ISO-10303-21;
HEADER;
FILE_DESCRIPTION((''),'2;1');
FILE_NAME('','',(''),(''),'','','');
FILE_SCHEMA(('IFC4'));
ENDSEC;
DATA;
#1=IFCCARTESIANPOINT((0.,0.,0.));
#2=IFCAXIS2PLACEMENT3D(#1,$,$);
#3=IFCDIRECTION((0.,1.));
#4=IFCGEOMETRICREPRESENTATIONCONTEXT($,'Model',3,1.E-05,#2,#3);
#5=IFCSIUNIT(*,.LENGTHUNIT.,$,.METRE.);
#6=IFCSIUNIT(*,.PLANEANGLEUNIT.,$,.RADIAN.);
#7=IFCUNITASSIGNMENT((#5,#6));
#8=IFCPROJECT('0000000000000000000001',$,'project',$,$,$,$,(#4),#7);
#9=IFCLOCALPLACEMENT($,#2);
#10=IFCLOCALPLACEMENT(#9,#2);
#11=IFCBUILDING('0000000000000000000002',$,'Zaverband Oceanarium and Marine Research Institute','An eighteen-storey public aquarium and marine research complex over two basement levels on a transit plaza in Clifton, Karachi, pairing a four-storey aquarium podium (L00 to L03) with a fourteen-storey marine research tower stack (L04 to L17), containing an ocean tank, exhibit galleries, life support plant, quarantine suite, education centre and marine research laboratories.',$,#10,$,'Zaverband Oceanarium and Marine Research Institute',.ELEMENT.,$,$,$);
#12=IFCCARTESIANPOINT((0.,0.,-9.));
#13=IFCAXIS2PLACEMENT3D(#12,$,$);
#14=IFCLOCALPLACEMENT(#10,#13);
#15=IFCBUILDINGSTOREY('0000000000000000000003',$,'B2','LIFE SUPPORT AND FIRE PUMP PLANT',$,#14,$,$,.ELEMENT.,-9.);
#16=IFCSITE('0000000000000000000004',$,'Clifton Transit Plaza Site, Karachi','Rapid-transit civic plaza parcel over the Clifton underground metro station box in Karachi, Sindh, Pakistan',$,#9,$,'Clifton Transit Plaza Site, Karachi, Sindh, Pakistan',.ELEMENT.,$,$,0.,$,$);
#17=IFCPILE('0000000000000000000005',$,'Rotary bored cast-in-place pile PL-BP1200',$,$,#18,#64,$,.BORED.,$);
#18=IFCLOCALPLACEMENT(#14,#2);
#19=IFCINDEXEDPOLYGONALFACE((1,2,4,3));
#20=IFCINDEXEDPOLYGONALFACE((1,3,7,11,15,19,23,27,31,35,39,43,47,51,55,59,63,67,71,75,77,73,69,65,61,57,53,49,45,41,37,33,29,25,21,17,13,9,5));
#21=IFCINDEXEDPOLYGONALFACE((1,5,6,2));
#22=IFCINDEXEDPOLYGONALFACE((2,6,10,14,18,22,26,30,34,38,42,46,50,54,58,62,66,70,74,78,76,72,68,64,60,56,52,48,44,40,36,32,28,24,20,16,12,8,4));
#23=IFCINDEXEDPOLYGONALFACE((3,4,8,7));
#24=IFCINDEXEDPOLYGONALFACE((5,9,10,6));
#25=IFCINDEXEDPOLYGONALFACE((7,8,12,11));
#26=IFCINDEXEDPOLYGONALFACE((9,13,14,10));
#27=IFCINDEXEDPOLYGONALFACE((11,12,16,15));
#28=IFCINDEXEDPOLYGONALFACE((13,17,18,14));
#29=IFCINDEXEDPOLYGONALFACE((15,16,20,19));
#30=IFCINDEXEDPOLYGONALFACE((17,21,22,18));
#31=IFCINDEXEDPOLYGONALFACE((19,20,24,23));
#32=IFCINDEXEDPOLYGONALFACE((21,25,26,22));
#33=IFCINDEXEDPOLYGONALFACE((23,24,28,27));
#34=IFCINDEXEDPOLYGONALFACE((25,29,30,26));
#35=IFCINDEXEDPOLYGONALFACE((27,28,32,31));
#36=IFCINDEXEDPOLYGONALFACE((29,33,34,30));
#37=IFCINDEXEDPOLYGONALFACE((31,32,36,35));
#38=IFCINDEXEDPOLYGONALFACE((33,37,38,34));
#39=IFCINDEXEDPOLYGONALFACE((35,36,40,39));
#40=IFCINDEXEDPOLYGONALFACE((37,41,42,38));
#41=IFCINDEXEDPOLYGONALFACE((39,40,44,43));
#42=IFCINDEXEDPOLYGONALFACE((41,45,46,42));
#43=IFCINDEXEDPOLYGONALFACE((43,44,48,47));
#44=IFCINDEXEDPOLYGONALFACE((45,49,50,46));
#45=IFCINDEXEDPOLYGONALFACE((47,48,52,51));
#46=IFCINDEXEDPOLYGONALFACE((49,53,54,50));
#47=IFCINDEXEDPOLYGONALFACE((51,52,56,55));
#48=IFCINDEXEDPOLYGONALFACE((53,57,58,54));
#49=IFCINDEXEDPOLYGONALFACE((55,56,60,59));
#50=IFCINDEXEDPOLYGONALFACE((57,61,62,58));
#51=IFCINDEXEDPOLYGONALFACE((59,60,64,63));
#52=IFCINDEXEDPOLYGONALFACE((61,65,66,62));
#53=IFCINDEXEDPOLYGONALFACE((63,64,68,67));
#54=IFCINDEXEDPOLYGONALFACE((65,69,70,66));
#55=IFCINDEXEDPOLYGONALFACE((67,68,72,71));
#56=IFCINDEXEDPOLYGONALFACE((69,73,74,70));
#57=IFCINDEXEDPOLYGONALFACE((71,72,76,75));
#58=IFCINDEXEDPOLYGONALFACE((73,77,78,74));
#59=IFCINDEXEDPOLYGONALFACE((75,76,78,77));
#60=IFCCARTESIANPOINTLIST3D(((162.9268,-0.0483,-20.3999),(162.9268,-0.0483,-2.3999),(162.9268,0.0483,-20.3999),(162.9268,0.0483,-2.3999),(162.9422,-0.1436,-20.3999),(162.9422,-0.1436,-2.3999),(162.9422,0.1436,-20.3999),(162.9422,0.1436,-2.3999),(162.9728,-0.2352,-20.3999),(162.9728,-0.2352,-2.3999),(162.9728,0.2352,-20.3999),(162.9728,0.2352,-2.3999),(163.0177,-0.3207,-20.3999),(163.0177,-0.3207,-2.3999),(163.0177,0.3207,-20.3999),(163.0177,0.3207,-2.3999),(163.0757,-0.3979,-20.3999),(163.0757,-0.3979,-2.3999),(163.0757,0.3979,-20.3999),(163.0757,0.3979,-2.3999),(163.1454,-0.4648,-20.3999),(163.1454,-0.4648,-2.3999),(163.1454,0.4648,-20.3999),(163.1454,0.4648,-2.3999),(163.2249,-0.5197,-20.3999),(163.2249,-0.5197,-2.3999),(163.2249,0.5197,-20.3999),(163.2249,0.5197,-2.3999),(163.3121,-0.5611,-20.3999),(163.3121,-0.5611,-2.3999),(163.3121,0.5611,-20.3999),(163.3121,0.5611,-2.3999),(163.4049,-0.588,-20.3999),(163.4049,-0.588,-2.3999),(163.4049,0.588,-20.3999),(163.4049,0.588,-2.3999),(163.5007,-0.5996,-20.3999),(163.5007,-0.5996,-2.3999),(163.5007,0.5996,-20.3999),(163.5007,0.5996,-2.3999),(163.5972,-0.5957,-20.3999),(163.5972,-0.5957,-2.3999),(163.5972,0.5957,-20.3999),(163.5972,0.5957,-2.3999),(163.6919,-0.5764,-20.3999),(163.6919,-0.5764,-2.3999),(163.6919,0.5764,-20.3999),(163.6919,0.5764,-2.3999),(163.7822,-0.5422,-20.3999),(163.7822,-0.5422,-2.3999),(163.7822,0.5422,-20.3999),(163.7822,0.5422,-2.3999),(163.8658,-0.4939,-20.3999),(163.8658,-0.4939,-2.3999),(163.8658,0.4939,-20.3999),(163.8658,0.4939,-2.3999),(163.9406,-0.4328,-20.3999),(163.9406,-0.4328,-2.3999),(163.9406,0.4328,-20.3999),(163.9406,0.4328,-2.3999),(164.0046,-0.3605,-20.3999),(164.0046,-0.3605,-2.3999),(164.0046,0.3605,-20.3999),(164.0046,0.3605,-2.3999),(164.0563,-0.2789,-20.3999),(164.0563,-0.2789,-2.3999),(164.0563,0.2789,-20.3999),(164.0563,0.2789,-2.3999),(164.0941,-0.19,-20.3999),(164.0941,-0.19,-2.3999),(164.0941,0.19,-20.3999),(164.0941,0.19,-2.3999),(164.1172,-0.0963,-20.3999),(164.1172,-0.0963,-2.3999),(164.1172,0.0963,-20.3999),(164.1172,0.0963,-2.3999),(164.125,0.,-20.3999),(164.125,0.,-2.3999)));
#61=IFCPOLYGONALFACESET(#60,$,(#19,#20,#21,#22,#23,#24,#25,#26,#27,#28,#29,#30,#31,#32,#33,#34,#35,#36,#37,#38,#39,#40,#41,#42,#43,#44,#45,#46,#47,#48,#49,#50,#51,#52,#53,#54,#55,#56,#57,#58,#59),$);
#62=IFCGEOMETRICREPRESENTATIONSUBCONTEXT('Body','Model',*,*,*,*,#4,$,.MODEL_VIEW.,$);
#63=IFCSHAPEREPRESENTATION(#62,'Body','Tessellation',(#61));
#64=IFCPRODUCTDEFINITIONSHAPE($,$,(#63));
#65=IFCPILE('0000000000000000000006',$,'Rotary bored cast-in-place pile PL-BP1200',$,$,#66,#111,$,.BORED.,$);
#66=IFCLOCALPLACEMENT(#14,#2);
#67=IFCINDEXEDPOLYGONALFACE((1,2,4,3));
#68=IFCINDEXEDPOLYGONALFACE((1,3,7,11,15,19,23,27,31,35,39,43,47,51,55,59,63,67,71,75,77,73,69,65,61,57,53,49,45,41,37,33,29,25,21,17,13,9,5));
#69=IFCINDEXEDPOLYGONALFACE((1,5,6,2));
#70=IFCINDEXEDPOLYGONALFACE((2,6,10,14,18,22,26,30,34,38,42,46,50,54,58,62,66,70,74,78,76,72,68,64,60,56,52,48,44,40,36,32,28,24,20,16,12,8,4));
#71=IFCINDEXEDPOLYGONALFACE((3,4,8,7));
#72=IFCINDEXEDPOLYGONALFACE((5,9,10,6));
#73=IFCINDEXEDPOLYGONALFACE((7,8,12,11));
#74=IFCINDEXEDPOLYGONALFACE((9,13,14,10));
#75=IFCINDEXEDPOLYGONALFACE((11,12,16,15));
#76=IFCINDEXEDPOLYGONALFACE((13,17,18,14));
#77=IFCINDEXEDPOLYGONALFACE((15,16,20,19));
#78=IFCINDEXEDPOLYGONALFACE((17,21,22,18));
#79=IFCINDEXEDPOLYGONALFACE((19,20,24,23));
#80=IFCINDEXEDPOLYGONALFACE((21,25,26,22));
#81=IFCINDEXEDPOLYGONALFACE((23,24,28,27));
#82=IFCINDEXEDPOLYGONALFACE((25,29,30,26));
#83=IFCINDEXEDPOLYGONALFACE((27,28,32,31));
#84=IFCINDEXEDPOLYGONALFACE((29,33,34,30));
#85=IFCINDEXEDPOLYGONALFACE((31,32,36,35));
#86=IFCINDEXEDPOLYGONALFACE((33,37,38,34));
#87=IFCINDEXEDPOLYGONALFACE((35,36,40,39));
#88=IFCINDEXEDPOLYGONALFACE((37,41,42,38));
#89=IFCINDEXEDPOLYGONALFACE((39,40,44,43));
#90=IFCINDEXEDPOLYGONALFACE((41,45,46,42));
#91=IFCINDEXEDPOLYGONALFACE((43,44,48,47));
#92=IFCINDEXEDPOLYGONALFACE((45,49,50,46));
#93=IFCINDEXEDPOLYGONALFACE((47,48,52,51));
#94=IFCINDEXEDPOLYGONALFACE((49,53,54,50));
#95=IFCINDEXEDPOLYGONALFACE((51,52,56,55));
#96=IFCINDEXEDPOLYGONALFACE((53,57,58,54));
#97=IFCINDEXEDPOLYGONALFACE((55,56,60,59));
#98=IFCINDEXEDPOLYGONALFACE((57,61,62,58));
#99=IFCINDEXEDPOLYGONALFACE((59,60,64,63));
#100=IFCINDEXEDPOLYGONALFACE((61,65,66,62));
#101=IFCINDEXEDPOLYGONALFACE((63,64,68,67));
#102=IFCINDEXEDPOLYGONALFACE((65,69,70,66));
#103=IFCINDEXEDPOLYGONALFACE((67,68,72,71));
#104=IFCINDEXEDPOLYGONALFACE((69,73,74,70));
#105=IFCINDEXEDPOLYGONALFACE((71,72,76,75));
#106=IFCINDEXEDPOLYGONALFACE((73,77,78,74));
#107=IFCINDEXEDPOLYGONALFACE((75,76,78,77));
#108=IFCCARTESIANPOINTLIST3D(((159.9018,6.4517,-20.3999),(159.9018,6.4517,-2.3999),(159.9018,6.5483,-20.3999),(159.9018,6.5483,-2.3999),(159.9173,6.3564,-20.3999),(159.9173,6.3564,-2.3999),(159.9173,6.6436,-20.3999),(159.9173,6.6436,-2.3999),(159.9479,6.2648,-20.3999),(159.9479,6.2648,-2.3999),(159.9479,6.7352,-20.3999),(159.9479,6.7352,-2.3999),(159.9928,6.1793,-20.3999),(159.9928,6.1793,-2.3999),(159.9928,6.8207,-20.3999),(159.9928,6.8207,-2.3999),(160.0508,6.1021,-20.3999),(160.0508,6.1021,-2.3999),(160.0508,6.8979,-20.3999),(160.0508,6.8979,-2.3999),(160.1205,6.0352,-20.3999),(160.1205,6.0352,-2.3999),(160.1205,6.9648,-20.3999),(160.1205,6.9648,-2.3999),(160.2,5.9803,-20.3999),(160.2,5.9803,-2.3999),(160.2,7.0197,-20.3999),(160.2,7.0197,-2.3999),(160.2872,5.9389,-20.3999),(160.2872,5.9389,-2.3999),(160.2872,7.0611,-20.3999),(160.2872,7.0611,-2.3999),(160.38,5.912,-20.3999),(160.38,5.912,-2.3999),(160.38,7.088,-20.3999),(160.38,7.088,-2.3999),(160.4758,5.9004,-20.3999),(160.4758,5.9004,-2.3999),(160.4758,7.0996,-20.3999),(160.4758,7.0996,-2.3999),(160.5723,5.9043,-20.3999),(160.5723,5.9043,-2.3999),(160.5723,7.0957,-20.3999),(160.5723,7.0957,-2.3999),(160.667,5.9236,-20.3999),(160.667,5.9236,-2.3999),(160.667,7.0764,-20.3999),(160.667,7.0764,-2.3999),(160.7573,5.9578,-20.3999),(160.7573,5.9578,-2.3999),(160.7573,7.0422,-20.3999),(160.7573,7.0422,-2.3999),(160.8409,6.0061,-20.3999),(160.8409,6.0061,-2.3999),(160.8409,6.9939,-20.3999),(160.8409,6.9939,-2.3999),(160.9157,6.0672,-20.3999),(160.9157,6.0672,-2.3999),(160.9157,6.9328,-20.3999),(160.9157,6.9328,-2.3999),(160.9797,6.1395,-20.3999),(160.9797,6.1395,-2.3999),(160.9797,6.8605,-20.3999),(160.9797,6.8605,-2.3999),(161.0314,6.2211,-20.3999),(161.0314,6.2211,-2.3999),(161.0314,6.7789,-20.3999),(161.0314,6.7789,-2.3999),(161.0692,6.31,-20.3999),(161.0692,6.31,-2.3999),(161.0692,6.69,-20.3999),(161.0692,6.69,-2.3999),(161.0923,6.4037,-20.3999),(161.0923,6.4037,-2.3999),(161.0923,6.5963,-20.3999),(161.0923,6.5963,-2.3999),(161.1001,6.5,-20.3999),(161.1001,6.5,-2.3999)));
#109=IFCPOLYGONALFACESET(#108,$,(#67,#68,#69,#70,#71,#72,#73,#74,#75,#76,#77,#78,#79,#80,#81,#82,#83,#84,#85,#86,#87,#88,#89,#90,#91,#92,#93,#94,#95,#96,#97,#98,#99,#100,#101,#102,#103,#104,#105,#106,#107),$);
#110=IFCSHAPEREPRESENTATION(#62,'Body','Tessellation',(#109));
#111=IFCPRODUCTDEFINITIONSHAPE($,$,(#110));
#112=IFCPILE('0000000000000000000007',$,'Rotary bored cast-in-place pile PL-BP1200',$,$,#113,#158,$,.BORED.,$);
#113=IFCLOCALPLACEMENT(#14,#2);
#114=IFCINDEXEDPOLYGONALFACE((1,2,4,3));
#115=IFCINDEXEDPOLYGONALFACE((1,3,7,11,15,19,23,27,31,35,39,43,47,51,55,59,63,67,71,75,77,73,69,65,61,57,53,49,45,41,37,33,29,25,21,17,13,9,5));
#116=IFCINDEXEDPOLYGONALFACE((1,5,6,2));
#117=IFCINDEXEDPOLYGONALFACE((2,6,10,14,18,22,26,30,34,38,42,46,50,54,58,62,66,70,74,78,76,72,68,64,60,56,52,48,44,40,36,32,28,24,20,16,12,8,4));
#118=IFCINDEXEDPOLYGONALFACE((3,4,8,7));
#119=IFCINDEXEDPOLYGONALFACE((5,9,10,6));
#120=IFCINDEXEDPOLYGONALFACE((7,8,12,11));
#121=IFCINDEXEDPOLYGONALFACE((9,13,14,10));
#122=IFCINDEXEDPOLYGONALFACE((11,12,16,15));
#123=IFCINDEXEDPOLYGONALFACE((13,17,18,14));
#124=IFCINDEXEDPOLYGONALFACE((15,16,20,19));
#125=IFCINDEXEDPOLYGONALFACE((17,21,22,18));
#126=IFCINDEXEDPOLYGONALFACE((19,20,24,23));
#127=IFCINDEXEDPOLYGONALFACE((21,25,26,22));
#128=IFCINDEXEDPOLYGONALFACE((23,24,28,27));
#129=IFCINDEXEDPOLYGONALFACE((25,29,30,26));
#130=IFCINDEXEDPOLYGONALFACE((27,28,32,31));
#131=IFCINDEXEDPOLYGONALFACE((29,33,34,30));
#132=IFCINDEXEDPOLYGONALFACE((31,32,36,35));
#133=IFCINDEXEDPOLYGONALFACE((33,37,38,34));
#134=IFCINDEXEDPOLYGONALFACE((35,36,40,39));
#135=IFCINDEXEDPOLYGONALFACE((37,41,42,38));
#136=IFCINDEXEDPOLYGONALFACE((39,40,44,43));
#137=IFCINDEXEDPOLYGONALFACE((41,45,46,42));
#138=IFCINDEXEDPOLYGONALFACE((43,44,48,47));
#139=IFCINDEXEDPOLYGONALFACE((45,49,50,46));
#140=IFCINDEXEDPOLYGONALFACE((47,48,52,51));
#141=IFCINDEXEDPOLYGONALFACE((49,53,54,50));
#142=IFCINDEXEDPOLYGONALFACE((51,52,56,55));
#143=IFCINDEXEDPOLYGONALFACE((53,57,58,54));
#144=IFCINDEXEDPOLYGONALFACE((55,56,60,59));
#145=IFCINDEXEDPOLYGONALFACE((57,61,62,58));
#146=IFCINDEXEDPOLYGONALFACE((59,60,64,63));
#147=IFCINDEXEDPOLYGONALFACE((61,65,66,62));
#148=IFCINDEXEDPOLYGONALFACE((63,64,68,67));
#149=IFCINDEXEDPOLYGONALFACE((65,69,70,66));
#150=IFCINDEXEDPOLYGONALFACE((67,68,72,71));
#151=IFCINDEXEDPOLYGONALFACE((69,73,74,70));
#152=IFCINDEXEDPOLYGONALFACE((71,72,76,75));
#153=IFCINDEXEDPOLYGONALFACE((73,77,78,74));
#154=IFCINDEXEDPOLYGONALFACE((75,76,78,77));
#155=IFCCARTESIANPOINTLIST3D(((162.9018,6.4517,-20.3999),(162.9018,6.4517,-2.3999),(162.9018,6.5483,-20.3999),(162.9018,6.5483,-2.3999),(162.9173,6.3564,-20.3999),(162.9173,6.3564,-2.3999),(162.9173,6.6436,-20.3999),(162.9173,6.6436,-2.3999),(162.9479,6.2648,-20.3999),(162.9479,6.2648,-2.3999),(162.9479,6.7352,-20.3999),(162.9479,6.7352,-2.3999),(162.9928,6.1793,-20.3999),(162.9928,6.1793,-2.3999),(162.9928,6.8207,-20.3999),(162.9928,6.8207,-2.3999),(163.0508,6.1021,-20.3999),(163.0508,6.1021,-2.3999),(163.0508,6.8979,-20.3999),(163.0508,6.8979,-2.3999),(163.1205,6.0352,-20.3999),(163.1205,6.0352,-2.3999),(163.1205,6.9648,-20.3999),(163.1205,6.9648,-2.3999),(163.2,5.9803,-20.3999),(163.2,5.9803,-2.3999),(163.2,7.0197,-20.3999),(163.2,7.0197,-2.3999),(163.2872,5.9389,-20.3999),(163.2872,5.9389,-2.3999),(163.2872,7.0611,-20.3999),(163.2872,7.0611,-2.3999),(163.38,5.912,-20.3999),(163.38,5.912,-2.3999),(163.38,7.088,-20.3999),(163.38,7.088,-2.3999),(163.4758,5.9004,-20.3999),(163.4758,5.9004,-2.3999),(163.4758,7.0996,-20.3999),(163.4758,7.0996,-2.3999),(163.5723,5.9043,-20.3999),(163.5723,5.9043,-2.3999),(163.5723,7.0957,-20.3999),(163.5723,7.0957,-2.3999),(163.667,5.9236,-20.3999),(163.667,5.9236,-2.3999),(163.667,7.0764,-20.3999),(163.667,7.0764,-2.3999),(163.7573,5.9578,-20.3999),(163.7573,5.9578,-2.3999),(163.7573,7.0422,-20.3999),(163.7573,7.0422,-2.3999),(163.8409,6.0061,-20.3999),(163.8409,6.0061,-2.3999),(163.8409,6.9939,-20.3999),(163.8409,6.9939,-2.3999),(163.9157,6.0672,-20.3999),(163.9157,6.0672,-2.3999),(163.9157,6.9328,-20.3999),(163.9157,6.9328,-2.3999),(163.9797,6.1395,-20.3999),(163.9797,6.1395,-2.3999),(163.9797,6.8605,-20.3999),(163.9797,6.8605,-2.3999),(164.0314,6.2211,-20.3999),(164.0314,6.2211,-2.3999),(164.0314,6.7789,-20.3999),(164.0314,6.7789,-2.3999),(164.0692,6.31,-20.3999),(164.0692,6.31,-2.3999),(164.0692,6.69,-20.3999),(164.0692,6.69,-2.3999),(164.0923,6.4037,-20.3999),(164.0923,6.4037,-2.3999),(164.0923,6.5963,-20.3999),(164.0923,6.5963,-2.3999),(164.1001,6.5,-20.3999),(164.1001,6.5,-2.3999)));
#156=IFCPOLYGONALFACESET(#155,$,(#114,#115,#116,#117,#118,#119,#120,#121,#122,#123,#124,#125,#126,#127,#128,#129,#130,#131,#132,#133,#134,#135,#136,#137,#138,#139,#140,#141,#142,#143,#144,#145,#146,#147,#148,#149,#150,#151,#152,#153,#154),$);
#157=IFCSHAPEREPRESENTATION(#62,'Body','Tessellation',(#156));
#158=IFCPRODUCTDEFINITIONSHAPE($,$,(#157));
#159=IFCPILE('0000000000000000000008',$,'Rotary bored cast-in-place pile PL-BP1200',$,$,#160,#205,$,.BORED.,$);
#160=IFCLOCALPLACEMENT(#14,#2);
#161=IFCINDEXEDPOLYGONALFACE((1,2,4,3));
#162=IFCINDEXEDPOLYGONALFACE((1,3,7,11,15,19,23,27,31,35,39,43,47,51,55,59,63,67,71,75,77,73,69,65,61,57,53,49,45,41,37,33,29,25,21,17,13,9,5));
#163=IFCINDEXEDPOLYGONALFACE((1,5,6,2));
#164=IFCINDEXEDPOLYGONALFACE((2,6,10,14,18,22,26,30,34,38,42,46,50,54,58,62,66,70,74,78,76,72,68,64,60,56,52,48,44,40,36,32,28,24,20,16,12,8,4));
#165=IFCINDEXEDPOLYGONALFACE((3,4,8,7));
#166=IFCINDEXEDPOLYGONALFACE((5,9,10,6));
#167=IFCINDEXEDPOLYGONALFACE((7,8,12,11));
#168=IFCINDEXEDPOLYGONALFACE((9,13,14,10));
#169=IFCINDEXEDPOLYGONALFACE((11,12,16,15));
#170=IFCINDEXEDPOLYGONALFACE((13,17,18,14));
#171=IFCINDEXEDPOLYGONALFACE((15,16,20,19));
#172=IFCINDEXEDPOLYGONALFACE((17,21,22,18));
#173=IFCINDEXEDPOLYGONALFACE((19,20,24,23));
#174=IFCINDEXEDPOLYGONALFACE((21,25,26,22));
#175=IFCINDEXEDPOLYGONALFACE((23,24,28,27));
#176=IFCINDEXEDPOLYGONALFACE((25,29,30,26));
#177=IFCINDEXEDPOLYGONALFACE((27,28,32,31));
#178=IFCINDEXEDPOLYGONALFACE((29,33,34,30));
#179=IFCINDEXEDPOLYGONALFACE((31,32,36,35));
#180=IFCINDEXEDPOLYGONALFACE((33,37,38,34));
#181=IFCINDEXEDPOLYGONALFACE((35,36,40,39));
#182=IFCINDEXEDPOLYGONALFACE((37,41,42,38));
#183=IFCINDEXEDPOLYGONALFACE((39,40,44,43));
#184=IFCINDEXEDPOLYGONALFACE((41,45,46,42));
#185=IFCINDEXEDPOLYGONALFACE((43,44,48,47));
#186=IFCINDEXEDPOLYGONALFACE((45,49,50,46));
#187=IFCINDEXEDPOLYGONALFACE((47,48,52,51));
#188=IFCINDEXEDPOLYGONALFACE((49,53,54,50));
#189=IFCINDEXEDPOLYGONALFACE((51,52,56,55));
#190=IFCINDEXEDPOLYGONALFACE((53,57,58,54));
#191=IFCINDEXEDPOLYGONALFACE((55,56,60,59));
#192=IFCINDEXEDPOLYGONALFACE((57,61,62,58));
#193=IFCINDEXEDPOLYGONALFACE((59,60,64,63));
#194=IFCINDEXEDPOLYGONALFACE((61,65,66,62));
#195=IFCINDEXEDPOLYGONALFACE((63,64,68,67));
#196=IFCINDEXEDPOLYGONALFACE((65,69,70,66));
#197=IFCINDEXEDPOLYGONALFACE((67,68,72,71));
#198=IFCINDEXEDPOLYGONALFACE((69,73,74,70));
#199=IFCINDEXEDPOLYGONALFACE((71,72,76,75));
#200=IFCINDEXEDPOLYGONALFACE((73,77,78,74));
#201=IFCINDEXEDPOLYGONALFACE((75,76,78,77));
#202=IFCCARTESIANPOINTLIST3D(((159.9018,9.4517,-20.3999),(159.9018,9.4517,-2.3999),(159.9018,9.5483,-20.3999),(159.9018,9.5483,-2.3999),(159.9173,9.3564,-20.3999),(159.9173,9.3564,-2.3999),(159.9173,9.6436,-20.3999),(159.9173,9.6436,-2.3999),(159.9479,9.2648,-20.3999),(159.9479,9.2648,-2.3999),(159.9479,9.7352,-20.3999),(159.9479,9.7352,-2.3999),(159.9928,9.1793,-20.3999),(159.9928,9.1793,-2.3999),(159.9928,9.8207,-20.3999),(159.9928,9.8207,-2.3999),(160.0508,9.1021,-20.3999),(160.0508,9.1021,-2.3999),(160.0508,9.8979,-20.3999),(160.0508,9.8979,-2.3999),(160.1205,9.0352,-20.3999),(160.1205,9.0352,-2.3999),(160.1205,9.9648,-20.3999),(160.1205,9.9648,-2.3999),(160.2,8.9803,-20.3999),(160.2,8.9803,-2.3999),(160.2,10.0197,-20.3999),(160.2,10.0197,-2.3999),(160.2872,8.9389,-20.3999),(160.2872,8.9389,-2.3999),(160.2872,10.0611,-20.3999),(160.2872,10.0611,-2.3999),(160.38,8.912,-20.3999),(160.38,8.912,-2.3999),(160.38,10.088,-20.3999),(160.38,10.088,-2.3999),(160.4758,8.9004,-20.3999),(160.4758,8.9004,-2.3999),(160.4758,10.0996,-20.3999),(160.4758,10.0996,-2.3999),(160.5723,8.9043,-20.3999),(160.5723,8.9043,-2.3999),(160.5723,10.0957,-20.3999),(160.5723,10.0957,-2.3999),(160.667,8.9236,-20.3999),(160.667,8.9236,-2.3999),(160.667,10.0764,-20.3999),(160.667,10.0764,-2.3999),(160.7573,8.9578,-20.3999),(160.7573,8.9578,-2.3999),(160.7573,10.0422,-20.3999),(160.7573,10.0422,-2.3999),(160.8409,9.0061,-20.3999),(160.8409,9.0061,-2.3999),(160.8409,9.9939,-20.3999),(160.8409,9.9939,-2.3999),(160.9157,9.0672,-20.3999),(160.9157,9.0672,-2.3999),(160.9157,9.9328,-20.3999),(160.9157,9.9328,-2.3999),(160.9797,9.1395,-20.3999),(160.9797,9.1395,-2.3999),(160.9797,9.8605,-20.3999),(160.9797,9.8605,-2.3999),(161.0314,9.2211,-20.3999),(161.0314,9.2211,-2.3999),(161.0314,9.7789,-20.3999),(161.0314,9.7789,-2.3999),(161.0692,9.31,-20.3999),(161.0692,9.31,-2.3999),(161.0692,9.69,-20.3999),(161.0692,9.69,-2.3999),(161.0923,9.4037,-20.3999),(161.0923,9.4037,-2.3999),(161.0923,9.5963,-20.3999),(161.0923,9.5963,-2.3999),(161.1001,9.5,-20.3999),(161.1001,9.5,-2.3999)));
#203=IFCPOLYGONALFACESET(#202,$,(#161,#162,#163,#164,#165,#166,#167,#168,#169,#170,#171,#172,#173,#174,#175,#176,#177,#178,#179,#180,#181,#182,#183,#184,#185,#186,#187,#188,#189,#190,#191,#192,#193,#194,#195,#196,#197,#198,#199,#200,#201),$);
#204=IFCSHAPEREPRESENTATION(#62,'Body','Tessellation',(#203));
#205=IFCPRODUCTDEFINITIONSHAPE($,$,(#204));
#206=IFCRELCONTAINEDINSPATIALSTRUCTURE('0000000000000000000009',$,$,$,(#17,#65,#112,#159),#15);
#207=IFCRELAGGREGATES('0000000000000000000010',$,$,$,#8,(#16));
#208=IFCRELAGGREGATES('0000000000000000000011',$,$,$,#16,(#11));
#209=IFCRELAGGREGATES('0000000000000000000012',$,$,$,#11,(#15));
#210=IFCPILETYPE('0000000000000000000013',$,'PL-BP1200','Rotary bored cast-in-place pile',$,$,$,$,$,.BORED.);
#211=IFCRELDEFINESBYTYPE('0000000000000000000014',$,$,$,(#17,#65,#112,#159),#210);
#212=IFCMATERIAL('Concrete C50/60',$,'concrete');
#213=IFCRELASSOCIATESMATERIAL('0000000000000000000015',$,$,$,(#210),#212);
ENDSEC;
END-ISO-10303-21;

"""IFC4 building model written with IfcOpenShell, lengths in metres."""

from ifc_helpers import new_model, si_unit, direction, frame, origin, origin_2d, place, context, subcontext, project, spatial, circle, extrude, material, material_profile, profile_set, type_object, element, save


model = new_model("IFC4")

# Units and contexts
model_context = context("Model", 3, precision=1e-05, world=origin(), true_north=direction((0.0, 1.0)))
body_context = subcontext(model_context, "Body", "Model", "MODEL_VIEW")
ifc_project = project(units=[si_unit("LENGTHUNIT", "METRE"), si_unit("PLANEANGLEUNIT", "RADIAN")], contexts=[model_context])

# Site, building, storey
site_placement = place(None, origin())
site = spatial("IfcSite", under=ifc_project, at=site_placement, Name="Clifton Transit Plaza Site, Karachi", Description="Rapid-transit civic plaza parcel over the Clifton underground metro station box in Karachi, Sindh, Pakistan", LongName="Clifton Transit Plaza Site, Karachi, Sindh, Pakistan", CompositionType="ELEMENT", RefElevation=0.0)
building_placement = place(site_placement, origin())
building = spatial("IfcBuilding", under=site, at=building_placement, Name="Zaverband Oceanarium and Marine Research Institute", Description="An eighteen-storey public aquarium and marine research complex over two basement levels on a transit plaza in Clifton, Karachi, pairing a four-storey aquarium podium (L00 to L03) with a fourteen-storey marine research tower stack (L04 to L17), containing an ocean tank, exhibit galleries, life support plant, quarantine suite, education centre and marine research laboratories.", LongName="Zaverband Oceanarium and Marine Research Institute", CompositionType="ELEMENT")
storey_placement = place(building_placement, frame((0.0, 0.0, -9.0)))
storey = spatial("IfcBuildingStorey", under=building, at=storey_placement, Name="B2", Description="LIFE SUPPORT AND FIRE PUMP PLANT", CompositionType="ELEMENT", Elevation=-9.0)

# Shared definitions
ifc_material_1 = material(Name="Concrete C50/60", Category="concrete")

# Piles
ifc_material_profile_1 = material_profile(ifc_material_1, circle(Radius=0.6001, at=origin_2d()), Name="BP1200")
ifc_profile_set_1 = profile_set([ifc_material_profile_1], Name="Concrete C50/60")
pile_type_1 = type_object("IfcPileType", Name="PL-BP1200", Description="Rotary bored cast-in-place pile", PredefinedType="BORED", material=ifc_profile_set_1)
for number, where, z_axis, x_axis, name in (
    (1, (163.5249, 0.0, -2.3999), (0.0, 0.0, -1.0), (1.0, 0.0, 0.0), "Rotary bored cast-in-place pile PL-BP1200"),
    (2, (160.5, 6.5, -2.3999), (0.0, 0.0, -1.0), (1.0, 0.0, 0.0), "Rotary bored cast-in-place pile PL-BP1200"),
    (3, (163.5, 6.5, -2.3999), (0.0, 0.0, -1.0), (1.0, 0.0, 0.0), "Rotary bored cast-in-place pile PL-BP1200"),
    (4, (160.5, 9.5, -2.3999), (0.0, 0.0, -1.0), (1.0, 0.0, 0.0), "Rotary bored cast-in-place pile PL-BP1200"),
):
    element("IfcPile", number, at=place(storey_placement, frame(where, z_axis=z_axis, x_axis=x_axis)), inside=storey, type_object=pile_type_1, Name=name, PredefinedType="BORED", context=body_context, shape_type="SweptSolid", body=[
        extrude(circle(Radius=0.6001, at=origin_2d()), origin(), (0.0, 0.0, 1.0), 18.0),
    ])

save(model, "model.ifc")
